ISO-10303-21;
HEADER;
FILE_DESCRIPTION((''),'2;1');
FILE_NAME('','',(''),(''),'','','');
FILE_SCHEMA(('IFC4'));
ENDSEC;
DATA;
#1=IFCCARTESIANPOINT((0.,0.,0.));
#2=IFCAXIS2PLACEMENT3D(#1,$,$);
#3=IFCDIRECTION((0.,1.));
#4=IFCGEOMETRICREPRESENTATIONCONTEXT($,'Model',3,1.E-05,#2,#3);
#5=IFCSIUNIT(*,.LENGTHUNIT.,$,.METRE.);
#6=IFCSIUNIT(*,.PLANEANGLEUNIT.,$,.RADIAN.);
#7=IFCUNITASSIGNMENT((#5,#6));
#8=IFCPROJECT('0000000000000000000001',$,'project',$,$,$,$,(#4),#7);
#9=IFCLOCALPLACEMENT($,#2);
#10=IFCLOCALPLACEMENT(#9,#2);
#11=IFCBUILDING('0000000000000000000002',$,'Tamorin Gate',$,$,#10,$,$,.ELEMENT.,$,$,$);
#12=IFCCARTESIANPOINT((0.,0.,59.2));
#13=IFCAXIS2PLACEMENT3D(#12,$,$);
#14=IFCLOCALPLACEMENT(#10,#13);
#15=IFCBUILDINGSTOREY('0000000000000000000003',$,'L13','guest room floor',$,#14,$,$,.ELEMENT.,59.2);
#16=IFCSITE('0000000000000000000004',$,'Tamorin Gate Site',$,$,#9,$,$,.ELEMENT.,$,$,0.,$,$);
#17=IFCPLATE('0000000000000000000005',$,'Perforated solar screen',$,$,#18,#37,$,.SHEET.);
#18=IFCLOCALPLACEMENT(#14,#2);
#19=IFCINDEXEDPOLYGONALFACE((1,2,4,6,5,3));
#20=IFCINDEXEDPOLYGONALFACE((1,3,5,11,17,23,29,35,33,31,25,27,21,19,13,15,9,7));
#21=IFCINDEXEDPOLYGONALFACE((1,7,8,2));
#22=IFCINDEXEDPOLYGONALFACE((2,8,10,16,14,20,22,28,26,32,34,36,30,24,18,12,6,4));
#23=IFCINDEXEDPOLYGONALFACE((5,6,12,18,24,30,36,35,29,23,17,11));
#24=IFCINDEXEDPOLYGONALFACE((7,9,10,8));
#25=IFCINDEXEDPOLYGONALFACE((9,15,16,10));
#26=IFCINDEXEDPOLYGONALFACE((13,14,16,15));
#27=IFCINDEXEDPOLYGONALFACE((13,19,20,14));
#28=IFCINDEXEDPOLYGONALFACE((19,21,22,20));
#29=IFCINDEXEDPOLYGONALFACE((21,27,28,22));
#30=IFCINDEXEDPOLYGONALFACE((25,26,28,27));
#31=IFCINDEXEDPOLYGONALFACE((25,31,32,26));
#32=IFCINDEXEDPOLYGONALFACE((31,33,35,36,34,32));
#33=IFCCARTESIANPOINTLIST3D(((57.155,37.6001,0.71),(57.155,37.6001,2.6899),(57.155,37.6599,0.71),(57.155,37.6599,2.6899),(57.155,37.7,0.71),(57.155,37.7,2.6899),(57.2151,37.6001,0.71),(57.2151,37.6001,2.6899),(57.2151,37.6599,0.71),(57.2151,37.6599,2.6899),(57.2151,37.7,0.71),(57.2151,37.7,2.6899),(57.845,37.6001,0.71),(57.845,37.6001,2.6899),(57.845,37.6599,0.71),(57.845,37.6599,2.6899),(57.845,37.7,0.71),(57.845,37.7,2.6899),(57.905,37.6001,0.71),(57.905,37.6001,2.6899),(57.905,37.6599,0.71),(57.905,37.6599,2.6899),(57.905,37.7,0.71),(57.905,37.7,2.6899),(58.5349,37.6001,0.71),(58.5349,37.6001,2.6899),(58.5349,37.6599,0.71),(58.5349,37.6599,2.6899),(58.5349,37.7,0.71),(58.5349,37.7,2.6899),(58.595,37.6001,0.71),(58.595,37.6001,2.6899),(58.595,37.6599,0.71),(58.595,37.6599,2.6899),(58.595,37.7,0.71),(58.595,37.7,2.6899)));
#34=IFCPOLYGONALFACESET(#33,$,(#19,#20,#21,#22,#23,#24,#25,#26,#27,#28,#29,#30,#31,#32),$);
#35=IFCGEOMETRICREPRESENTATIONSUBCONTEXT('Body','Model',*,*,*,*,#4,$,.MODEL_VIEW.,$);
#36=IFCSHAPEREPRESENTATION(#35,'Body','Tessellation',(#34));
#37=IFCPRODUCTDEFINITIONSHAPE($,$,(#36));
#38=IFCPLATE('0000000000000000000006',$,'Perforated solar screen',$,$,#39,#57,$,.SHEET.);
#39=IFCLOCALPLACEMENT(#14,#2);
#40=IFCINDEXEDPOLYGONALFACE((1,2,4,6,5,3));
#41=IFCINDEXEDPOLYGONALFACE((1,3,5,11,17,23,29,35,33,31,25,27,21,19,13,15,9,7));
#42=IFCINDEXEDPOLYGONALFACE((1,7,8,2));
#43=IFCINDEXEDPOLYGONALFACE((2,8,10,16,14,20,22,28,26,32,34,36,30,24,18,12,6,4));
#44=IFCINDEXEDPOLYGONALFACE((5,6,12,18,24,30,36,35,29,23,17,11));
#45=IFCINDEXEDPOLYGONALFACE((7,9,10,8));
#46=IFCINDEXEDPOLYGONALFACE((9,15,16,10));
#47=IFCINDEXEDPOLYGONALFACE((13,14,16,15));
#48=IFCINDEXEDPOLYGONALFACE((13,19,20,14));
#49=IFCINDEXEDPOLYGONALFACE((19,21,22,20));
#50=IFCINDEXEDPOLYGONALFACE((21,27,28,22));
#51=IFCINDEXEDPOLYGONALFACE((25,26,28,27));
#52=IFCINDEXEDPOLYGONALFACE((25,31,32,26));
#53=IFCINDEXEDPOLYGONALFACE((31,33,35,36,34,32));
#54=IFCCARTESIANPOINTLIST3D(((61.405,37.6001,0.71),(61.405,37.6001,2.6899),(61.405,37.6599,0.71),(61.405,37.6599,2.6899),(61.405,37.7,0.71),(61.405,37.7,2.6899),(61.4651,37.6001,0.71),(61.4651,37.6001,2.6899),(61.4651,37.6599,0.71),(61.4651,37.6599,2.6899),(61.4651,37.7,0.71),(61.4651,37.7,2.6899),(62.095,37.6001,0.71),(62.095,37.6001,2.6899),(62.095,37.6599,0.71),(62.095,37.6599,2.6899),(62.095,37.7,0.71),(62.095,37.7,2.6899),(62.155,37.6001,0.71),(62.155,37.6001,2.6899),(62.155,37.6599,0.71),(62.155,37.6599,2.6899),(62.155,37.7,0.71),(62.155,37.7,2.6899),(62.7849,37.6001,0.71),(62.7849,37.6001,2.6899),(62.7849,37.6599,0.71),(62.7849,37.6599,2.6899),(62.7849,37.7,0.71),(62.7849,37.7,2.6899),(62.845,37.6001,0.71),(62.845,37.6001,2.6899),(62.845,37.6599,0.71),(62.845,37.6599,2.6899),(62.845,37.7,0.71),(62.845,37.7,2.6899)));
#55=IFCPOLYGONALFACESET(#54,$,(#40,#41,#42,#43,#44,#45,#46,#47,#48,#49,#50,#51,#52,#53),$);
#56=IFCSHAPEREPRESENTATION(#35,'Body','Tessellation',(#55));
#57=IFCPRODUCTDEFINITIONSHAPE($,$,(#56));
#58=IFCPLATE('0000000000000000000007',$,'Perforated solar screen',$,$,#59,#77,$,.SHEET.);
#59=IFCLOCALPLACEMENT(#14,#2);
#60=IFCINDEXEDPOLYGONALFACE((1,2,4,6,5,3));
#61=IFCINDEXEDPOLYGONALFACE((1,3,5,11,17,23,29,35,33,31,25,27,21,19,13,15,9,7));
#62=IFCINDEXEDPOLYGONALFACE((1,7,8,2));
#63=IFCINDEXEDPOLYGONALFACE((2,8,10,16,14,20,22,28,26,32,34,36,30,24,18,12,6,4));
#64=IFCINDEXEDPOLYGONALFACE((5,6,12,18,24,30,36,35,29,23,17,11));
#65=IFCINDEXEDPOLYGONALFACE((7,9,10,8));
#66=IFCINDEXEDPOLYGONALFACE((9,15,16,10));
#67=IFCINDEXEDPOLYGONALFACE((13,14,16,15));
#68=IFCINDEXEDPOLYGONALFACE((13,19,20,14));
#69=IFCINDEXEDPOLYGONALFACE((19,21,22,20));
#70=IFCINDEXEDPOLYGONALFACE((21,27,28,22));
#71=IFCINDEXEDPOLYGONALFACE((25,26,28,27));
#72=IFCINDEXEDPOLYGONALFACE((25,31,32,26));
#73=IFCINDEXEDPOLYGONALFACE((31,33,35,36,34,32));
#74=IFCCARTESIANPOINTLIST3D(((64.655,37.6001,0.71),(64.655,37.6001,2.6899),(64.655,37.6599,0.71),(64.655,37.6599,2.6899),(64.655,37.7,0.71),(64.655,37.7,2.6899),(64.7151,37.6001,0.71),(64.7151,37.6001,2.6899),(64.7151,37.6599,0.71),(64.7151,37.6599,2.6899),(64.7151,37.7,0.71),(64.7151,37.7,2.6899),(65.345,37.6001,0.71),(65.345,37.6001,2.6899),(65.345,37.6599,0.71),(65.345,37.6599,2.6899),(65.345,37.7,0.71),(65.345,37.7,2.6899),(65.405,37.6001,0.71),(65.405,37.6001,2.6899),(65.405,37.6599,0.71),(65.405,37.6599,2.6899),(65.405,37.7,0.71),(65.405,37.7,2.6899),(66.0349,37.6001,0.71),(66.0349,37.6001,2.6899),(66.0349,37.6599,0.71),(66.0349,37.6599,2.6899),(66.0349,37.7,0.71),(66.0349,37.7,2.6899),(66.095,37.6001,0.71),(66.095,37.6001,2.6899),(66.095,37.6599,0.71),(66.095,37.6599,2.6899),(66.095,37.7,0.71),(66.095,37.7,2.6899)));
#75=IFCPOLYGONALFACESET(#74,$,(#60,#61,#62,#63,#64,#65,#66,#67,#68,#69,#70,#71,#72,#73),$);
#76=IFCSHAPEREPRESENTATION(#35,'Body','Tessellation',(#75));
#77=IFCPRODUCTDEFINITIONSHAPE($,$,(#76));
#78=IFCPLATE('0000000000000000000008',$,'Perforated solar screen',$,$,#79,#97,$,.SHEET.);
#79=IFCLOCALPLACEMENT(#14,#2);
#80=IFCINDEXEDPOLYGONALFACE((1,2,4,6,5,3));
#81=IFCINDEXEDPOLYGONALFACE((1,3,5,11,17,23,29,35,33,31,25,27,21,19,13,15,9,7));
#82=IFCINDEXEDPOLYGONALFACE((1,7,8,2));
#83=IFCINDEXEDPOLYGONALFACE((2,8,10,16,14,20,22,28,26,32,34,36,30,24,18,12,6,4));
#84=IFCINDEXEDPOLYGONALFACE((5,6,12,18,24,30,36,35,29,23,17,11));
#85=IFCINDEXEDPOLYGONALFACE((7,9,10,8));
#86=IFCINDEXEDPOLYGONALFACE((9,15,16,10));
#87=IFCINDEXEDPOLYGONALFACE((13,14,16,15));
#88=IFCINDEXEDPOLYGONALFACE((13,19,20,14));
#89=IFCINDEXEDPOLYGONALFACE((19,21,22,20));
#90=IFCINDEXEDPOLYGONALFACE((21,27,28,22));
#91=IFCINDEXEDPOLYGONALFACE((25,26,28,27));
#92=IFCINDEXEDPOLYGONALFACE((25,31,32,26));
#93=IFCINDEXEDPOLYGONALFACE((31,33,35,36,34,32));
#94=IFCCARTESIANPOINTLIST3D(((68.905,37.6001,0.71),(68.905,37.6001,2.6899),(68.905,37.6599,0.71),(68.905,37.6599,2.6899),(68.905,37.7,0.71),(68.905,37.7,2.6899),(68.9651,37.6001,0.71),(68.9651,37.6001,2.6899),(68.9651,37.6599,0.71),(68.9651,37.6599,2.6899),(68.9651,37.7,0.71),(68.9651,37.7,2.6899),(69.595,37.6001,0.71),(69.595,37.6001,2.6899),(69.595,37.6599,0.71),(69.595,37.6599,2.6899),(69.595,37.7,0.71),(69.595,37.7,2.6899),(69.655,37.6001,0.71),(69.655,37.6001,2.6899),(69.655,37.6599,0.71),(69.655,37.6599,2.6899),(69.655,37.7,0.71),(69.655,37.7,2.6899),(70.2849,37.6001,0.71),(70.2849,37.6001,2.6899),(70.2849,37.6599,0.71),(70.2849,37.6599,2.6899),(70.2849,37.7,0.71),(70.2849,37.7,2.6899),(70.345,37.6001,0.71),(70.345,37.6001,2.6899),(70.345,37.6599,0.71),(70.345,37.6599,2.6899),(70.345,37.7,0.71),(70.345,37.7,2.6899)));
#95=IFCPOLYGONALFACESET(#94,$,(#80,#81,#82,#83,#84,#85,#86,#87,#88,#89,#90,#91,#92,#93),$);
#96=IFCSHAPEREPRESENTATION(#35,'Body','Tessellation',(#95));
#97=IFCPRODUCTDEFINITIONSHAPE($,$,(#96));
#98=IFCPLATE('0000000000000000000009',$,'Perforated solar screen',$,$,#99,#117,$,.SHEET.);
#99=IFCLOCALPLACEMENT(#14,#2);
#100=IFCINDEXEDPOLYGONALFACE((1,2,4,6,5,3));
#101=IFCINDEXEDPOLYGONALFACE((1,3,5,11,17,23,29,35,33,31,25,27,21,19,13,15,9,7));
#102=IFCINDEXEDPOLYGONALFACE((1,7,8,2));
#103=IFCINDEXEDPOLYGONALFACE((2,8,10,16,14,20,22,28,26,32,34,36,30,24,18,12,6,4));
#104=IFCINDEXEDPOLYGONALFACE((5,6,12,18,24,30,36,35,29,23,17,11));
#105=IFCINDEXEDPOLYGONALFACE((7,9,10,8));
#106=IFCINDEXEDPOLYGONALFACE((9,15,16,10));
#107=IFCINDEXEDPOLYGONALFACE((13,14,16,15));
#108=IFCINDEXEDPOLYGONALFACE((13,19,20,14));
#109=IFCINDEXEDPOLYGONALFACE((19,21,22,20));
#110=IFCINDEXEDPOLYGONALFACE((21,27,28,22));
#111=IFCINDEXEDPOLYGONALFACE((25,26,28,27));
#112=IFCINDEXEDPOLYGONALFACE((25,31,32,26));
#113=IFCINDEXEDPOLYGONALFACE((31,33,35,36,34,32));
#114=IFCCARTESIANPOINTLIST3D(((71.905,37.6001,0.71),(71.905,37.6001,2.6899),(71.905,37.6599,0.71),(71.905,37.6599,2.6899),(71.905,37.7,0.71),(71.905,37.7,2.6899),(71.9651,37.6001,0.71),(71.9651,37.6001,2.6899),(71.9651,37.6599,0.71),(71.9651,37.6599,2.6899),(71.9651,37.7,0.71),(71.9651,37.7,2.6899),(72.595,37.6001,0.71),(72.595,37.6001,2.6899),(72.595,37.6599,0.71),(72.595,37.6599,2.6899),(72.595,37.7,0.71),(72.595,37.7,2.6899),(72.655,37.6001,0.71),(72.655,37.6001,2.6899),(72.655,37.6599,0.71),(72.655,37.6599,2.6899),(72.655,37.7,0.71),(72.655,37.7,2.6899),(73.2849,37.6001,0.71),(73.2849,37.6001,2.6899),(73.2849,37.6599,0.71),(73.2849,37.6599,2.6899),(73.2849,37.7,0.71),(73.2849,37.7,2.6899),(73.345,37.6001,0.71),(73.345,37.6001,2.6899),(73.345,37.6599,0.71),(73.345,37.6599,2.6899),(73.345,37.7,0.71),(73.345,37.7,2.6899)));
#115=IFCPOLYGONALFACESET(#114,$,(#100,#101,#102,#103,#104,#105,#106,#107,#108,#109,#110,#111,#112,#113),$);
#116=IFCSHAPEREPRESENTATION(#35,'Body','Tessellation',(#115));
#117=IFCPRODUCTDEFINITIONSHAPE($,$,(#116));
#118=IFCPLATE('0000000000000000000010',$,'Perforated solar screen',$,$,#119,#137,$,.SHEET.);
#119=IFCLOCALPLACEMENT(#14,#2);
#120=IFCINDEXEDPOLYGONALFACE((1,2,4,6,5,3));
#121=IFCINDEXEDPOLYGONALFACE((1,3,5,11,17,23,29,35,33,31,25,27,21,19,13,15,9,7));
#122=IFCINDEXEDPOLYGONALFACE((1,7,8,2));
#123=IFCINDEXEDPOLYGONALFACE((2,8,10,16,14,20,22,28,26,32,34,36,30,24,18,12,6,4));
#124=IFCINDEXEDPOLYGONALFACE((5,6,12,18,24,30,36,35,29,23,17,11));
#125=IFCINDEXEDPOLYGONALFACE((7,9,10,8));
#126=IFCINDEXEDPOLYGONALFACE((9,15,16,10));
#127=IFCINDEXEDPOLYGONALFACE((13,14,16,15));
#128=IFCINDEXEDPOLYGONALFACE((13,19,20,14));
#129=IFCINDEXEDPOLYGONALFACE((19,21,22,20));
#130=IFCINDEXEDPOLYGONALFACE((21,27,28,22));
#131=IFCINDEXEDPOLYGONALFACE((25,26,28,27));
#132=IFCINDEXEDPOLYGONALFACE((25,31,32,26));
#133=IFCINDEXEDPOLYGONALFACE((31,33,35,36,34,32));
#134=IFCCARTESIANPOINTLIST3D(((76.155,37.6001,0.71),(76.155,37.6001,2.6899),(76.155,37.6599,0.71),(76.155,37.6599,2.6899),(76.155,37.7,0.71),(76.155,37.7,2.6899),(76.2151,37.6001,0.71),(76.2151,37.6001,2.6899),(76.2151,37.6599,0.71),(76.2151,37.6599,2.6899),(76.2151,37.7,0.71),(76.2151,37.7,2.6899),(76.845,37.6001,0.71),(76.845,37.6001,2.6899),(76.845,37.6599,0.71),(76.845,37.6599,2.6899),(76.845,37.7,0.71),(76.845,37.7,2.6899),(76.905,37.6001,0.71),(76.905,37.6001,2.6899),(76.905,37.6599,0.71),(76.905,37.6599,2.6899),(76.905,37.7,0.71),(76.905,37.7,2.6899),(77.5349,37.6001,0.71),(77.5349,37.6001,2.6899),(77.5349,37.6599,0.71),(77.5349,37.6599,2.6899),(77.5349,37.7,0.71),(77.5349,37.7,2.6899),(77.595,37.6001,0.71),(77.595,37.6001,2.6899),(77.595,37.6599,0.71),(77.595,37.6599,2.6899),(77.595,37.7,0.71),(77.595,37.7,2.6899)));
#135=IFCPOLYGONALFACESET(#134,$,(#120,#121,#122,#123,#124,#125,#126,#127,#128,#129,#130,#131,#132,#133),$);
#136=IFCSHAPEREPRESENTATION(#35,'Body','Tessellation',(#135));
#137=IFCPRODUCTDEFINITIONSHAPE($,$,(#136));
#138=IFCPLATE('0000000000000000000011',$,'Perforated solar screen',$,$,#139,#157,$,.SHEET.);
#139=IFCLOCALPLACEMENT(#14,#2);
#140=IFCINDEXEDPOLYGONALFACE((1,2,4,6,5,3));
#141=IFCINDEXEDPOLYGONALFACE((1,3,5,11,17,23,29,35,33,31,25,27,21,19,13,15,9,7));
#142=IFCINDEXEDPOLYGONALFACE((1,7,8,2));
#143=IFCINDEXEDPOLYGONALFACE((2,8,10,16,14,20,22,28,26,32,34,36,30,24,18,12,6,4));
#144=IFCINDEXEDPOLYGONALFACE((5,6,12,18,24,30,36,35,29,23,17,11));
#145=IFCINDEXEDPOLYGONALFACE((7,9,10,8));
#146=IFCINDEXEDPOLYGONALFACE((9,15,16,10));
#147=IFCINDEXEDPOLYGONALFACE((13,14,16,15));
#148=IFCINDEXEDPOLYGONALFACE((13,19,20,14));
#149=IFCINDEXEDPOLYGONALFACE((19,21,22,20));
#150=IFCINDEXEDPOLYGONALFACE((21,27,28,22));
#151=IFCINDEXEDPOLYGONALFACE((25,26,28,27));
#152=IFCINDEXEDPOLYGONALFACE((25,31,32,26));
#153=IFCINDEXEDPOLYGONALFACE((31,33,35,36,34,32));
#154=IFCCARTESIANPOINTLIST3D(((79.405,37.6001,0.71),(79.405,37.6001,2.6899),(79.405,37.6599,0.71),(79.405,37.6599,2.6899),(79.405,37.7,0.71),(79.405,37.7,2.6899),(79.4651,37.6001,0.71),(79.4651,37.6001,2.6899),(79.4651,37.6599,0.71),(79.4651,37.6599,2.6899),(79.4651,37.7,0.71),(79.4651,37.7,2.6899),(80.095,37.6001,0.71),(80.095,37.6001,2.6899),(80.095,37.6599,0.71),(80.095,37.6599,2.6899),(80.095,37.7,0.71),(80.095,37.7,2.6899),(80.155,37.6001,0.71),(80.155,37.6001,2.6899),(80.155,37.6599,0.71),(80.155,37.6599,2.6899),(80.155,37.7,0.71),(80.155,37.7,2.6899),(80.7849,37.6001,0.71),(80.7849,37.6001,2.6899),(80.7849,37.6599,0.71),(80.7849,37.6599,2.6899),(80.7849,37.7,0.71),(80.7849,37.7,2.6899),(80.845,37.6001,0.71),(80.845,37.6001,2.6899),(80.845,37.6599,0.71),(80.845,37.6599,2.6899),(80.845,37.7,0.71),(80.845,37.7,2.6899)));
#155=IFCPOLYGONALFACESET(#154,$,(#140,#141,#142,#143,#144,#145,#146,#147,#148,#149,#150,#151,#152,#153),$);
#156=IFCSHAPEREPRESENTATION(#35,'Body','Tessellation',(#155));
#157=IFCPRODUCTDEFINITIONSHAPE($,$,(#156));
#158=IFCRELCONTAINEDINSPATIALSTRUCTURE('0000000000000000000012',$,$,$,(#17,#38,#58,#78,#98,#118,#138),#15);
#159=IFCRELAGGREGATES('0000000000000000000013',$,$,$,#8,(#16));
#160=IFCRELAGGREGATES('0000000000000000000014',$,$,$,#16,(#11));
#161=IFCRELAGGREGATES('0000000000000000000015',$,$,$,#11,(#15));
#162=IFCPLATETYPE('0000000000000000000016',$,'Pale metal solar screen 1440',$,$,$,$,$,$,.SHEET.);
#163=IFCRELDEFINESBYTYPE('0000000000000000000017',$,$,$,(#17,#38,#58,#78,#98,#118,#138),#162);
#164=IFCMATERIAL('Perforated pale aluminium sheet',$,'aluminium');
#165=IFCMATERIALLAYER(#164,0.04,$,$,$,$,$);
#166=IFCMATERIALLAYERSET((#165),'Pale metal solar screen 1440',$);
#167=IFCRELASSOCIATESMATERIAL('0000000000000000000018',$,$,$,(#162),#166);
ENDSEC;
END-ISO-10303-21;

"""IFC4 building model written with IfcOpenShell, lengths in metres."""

from ifc_helpers import new_model, si_unit, direction, frame, origin, place, context, subcontext, project, spatial, polyline, outline, extrude, material, layer, layer_set, type_object, element, save


model = new_model("IFC4")

# Units and contexts
model_context = context("Model", 3, precision=1e-05, world=origin(), true_north=direction((0.0, 1.0)))
body_context = subcontext(model_context, "Body", "Model", "MODEL_VIEW")
ifc_project = project(units=[si_unit("LENGTHUNIT", "METRE"), si_unit("PLANEANGLEUNIT", "RADIAN")], contexts=[model_context])

# Site, building, storey
site_placement = place(None, origin())
site = spatial("IfcSite", under=ifc_project, at=site_placement, Name="Tamorin Gate Site", CompositionType="ELEMENT", RefElevation=0.0)
building_placement = place(site_placement, origin())
building = spatial("IfcBuilding", under=site, at=building_placement, Name="Tamorin Gate", CompositionType="ELEMENT")
storey_placement = place(building_placement, frame((0.0, 0.0, 59.2)))
storey = spatial("IfcBuildingStorey", under=building, at=storey_placement, Name="L13", Description="guest room floor", CompositionType="ELEMENT", Elevation=59.2)

# Plates
ifc_material_1 = material(Name="Perforated pale aluminium sheet", Category="aluminium")
ifc_layer_1 = layer(ifc_material_1, 0.04)
ifc_layer_set_1 = layer_set([ifc_layer_1], Name="Pale metal solar screen 1440")
plate_type = type_object("IfcPlateType", Name="Pale metal solar screen 1440", PredefinedType="SHEET", material=ifc_layer_set_1)
plate_1_placement = place(storey_placement, frame((0.0, 0.0, 0.71)))
element("IfcPlate", 1, at=plate_1_placement, inside=storey, type_object=plate_type, Name="Perforated solar screen", PredefinedType="SHEET", context=body_context, shape_type="SweptSolid", body=[
    extrude(outline(polyline([(57.155, 37.6599), (57.155, 37.7), (57.2151, 37.7), (57.845, 37.7), (57.905, 37.7), (58.5349, 37.7), (58.595, 37.7), (58.595, 37.6599), (58.595, 37.6001), (58.5349, 37.6001), (58.5349, 37.6599), (57.905, 37.6599), (57.905, 37.6001), (57.845, 37.6001), (57.845, 37.6599), (57.2151, 37.6599), (57.2151, 37.6001), (57.155, 37.6001), (57.155, 37.6599)])), origin(), (0.0, 0.0, 1.0), 1.98),
])
plate_2_placement = place(storey_placement, frame((0.0, 0.0, 0.71)))
element("IfcPlate", 2, at=plate_2_placement, inside=storey, type_object=plate_type, Name="Perforated solar screen", PredefinedType="SHEET", context=body_context, shape_type="SweptSolid", body=[
    extrude(outline(polyline([(61.405, 37.6599), (61.405, 37.7), (61.4651, 37.7), (62.095, 37.7), (62.155, 37.7), (62.7849, 37.7), (62.845, 37.7), (62.845, 37.6599), (62.845, 37.6001), (62.7849, 37.6001), (62.7849, 37.6599), (62.155, 37.6599), (62.155, 37.6001), (62.095, 37.6001), (62.095, 37.6599), (61.4651, 37.6599), (61.4651, 37.6001), (61.405, 37.6001), (61.405, 37.6599)])), origin(), (0.0, 0.0, 1.0), 1.98),
])
plate_3_placement = place(storey_placement, frame((0.0, 0.0, 0.71)))
element("IfcPlate", 3, at=plate_3_placement, inside=storey, type_object=plate_type, Name="Perforated solar screen", PredefinedType="SHEET", context=body_context, shape_type="SweptSolid", body=[
    extrude(outline(polyline([(64.655, 37.6599), (64.655, 37.7), (64.7151, 37.7), (65.345, 37.7), (65.405, 37.7), (66.0349, 37.7), (66.095, 37.7), (66.095, 37.6599), (66.095, 37.6001), (66.0349, 37.6001), (66.0349, 37.6599), (65.405, 37.6599), (65.405, 37.6001), (65.345, 37.6001), (65.345, 37.6599), (64.7151, 37.6599), (64.7151, 37.6001), (64.655, 37.6001), (64.655, 37.6599)])), origin(), (0.0, 0.0, 1.0), 1.98),
])
plate_4_placement = place(storey_placement, frame((0.0, 0.0, 0.71)))
element("IfcPlate", 4, at=plate_4_placement, inside=storey, type_object=plate_type, Name="Perforated solar screen", PredefinedType="SHEET", context=body_context, shape_type="SweptSolid", body=[
    extrude(outline(polyline([(68.905, 37.6599), (68.905, 37.7), (68.9651, 37.7), (69.595, 37.7), (69.655, 37.7), (70.2849, 37.7), (70.345, 37.7), (70.345, 37.6599), (70.345, 37.6001), (70.2849, 37.6001), (70.2849, 37.6599), (69.655, 37.6599), (69.655, 37.6001), (69.595, 37.6001), (69.595, 37.6599), (68.9651, 37.6599), (68.9651, 37.6001), (68.905, 37.6001), (68.905, 37.6599)])), origin(), (0.0, 0.0, 1.0), 1.98),
])
plate_5_placement = place(storey_placement, frame((0.0, 0.0, 0.71)))
element("IfcPlate", 5, at=plate_5_placement, inside=storey, type_object=plate_type, Name="Perforated solar screen", PredefinedType="SHEET", context=body_context, shape_type="SweptSolid", body=[
    extrude(outline(polyline([(71.905, 37.6599), (71.905, 37.7), (71.9651, 37.7), (72.595, 37.7), (72.655, 37.7), (73.2849, 37.7), (73.345, 37.7), (73.345, 37.6599), (73.345, 37.6001), (73.2849, 37.6001), (73.2849, 37.6599), (72.655, 37.6599), (72.655, 37.6001), (72.595, 37.6001), (72.595, 37.6599), (71.9651, 37.6599), (71.9651, 37.6001), (71.905, 37.6001), (71.905, 37.6599)])), origin(), (0.0, 0.0, 1.0), 1.98),
])
plate_6_placement = place(storey_placement, frame((0.0, 0.0, 0.71)))
element("IfcPlate", 6, at=plate_6_placement, inside=storey, type_object=plate_type, Name="Perforated solar screen", PredefinedType="SHEET", context=body_context, shape_type="SweptSolid", body=[
    extrude(outline(polyline([(76.155, 37.6599), (76.155, 37.7), (76.2151, 37.7), (76.845, 37.7), (76.905, 37.7), (77.5349, 37.7), (77.595, 37.7), (77.595, 37.6599), (77.595, 37.6001), (77.5349, 37.6001), (77.5349, 37.6599), (76.905, 37.6599), (76.905, 37.6001), (76.845, 37.6001), (76.845, 37.6599), (76.2151, 37.6599), (76.2151, 37.6001), (76.155, 37.6001), (76.155, 37.6599)])), origin(), (0.0, 0.0, 1.0), 1.98),
])
plate_7_placement = place(storey_placement, frame((0.0, 0.0, 0.71)))
element("IfcPlate", 7, at=plate_7_placement, inside=storey, type_object=plate_type, Name="Perforated solar screen", PredefinedType="SHEET", context=body_context, shape_type="SweptSolid", body=[
    extrude(outline(polyline([(79.405, 37.6599), (79.405, 37.7), (79.4651, 37.7), (80.095, 37.7), (80.155, 37.7), (80.7849, 37.7), (80.845, 37.7), (80.845, 37.6599), (80.845, 37.6001), (80.7849, 37.6001), (80.7849, 37.6599), (80.155, 37.6599), (80.155, 37.6001), (80.095, 37.6001), (80.095, 37.6599), (79.4651, 37.6599), (79.4651, 37.6001), (79.405, 37.6001), (79.405, 37.6599)])), origin(), (0.0, 0.0, 1.0), 1.98),
])

save(model, "model.ifc")
